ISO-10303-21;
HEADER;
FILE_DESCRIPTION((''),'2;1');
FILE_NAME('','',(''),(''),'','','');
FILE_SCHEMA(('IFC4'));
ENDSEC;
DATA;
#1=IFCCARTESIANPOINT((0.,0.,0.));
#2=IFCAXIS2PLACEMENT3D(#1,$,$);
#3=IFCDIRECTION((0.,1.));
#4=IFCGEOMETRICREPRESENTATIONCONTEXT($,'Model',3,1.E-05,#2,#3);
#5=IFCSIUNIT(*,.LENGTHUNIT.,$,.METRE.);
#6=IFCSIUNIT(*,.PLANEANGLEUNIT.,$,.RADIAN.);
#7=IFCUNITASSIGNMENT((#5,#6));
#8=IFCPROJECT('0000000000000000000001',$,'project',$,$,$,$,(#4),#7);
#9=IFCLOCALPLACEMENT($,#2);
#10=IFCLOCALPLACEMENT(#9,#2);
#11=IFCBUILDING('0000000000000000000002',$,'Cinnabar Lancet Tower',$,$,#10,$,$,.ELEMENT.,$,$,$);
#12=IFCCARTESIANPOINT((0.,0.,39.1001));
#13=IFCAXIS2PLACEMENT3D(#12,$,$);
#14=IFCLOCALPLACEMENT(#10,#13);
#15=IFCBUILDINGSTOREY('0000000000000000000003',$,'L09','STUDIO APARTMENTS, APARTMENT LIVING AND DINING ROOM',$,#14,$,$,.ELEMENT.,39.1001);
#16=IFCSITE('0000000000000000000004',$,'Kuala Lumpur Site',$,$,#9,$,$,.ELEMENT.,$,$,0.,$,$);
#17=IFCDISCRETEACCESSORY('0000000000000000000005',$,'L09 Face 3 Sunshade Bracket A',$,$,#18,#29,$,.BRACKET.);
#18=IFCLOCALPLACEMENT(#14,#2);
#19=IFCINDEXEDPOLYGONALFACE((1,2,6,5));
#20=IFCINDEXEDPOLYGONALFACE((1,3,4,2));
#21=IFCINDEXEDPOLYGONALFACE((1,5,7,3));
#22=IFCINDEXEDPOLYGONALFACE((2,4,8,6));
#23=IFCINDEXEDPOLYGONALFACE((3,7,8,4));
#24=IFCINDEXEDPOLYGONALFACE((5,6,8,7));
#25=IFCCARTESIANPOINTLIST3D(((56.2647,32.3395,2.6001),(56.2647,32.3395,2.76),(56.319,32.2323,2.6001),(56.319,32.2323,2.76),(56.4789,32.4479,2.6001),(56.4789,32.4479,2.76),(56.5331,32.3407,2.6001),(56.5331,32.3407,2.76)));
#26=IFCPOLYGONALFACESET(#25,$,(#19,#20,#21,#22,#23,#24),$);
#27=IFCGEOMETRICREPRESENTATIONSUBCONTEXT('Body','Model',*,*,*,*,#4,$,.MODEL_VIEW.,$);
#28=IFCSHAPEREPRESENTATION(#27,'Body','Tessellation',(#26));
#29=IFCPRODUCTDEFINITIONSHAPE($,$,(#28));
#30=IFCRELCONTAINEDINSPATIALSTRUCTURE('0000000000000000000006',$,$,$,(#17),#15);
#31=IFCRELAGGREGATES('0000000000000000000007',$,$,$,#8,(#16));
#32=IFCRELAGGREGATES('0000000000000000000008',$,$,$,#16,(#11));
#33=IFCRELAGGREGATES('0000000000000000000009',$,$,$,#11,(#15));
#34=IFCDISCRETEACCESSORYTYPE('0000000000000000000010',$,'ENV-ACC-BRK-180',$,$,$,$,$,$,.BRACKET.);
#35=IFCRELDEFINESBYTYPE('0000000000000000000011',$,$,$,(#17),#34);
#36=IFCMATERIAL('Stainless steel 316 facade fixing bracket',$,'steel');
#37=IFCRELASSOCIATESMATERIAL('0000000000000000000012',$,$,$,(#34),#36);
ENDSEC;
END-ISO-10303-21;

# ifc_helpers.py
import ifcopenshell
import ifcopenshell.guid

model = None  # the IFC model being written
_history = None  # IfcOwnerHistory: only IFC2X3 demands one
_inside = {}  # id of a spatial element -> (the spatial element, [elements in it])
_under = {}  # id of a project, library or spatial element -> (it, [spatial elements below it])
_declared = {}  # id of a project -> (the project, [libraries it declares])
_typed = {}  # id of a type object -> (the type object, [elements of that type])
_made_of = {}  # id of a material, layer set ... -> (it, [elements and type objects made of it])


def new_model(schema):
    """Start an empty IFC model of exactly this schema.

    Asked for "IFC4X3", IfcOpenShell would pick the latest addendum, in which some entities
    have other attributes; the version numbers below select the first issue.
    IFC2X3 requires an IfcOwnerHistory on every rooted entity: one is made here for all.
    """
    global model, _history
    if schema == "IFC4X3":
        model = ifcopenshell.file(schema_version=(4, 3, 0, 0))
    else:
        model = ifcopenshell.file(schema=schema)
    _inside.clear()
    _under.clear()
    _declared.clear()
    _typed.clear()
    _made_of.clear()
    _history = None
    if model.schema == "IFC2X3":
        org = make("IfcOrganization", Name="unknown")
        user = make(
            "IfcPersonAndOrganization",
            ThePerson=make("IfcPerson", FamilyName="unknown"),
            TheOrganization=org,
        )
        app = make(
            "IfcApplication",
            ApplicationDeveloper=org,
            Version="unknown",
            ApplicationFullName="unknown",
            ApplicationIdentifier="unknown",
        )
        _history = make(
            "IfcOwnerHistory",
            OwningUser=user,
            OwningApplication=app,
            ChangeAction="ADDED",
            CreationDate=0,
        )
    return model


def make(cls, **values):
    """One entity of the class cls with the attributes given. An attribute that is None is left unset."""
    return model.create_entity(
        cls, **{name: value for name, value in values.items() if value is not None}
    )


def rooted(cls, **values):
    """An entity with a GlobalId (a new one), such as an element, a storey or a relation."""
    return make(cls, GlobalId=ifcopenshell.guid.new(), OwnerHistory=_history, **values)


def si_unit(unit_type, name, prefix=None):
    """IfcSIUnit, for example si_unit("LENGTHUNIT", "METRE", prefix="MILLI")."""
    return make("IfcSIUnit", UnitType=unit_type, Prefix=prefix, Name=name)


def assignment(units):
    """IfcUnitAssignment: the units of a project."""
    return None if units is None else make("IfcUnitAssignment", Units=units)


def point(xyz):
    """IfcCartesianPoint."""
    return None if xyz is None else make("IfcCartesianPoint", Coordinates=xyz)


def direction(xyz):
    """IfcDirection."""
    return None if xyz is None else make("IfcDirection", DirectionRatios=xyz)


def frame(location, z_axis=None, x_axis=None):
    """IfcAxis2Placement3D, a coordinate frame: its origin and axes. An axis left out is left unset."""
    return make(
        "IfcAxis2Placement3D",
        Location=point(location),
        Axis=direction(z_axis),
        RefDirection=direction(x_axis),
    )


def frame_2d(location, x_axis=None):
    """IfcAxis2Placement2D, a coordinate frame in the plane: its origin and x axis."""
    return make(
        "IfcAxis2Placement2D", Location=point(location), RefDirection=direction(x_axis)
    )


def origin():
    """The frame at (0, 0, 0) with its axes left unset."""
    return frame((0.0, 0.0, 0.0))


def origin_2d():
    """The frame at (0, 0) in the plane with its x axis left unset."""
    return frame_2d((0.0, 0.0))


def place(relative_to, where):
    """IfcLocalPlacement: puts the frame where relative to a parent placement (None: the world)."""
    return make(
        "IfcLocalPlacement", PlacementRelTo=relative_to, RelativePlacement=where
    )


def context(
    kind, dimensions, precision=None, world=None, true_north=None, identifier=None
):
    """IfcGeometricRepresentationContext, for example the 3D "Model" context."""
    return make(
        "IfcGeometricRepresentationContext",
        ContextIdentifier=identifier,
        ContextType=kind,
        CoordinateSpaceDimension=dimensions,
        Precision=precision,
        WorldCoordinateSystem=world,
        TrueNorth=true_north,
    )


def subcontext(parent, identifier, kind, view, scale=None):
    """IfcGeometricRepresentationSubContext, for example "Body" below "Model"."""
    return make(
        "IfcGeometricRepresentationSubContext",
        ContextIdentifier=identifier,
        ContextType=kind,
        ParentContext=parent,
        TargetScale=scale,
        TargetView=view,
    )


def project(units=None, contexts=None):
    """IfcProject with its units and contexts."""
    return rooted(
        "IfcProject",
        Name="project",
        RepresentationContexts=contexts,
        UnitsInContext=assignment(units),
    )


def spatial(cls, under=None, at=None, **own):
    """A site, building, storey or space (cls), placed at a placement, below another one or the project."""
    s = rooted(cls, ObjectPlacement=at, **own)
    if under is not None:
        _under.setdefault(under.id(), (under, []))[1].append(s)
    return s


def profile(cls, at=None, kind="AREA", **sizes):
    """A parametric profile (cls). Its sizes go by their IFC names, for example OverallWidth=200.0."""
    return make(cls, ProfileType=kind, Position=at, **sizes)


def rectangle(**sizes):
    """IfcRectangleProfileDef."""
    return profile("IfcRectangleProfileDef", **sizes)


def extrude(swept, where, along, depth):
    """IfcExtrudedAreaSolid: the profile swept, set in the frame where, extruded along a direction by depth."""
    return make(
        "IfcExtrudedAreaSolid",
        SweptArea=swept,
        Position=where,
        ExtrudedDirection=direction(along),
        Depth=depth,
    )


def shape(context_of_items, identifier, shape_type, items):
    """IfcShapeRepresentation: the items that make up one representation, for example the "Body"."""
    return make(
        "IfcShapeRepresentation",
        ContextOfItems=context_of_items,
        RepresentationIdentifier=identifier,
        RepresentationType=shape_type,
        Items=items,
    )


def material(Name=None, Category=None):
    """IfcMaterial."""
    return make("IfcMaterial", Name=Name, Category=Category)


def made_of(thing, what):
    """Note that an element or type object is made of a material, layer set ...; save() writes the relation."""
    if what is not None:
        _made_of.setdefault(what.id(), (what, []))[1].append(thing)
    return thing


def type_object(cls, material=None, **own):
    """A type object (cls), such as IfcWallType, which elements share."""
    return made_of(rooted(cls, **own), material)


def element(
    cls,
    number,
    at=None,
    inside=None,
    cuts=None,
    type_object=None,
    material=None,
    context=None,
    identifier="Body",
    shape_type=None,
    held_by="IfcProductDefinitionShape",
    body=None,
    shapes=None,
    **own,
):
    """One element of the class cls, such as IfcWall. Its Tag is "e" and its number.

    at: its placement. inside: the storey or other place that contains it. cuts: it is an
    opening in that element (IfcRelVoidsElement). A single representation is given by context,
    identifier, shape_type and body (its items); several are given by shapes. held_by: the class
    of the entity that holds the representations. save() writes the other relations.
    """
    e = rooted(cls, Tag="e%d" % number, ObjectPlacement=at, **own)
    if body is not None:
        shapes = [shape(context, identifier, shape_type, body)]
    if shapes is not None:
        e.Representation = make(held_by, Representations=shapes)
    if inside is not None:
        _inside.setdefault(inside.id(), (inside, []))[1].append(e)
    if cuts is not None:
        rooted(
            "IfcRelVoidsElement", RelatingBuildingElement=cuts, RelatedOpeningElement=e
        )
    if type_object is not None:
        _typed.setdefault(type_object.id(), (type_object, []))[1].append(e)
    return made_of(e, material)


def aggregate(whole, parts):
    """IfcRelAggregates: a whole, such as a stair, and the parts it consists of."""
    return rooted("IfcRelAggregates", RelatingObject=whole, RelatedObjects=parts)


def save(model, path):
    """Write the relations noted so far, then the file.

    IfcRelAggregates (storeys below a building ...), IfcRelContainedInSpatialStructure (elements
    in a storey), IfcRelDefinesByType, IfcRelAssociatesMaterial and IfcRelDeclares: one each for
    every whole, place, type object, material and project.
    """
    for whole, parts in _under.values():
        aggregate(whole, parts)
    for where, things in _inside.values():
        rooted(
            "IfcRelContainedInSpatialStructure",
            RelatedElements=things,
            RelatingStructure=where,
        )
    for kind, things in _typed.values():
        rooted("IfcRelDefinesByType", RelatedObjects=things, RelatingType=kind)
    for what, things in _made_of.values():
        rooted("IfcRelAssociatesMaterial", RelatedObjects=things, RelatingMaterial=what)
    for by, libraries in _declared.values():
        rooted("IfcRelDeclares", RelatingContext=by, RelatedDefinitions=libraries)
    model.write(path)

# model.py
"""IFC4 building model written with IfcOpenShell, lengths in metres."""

from ifc_helpers import new_model, si_unit, direction, frame, origin, origin_2d, place, context, subcontext, project, spatial, rectangle, extrude, material, type_object, element, save


model = new_model("IFC4")

# Units and contexts
model_context = context("Model", 3, precision=1e-05, world=origin(), true_north=direction((0.0, 1.0)))
body_context = subcontext(model_context, "Body", "Model", "MODEL_VIEW")
ifc_project = project(units=[si_unit("LENGTHUNIT", "METRE"), si_unit("PLANEANGLEUNIT", "RADIAN")], contexts=[model_context])

# Site, building, storey
site_placement = place(None, origin())
site = spatial("IfcSite", under=ifc_project, at=site_placement, Name="Kuala Lumpur Site", CompositionType="ELEMENT", RefElevation=0.0)
building_placement = place(site_placement, origin())
building = spatial("IfcBuilding", under=site, at=building_placement, Name="Cinnabar Lancet Tower", CompositionType="ELEMENT")
storey_placement = place(building_placement, frame((0.0, 0.0, 39.1001)))
storey = spatial("IfcBuildingStorey", under=building, at=storey_placement, Name="L09", Description="STUDIO APARTMENTS, APARTMENT LIVING AND DINING ROOM", CompositionType="ELEMENT", Elevation=39.1001)

# Discrete accessory
ifc_material_1 = material(Name="Stainless steel 316 facade fixing bracket", Category="steel")
discrete_accessory_type = type_object("IfcDiscreteAccessoryType", Name="ENV-ACC-BRK-180", PredefinedType="BRACKET", material=ifc_material_1)
discrete_accessory_placement = place(storey_placement, frame((56.3989, 32.3401, 2.6001), z_axis=(0.0, 0.0, 1.0), x_axis=(-0.451501, 0.892271, 0.0)))
element("IfcDiscreteAccessory", 1, at=discrete_accessory_placement, inside=storey, type_object=discrete_accessory_type, Name="L09 Face 3 Sunshade Bracket A", PredefinedType="BRACKET", context=body_context, shape_type="SweptSolid", body=[
    extrude(rectangle(XDim=0.1201, YDim=0.24, at=origin_2d()), origin(), (0.0, 0.0, 1.0), 0.1599),
])

save(model, "model.ifc")
